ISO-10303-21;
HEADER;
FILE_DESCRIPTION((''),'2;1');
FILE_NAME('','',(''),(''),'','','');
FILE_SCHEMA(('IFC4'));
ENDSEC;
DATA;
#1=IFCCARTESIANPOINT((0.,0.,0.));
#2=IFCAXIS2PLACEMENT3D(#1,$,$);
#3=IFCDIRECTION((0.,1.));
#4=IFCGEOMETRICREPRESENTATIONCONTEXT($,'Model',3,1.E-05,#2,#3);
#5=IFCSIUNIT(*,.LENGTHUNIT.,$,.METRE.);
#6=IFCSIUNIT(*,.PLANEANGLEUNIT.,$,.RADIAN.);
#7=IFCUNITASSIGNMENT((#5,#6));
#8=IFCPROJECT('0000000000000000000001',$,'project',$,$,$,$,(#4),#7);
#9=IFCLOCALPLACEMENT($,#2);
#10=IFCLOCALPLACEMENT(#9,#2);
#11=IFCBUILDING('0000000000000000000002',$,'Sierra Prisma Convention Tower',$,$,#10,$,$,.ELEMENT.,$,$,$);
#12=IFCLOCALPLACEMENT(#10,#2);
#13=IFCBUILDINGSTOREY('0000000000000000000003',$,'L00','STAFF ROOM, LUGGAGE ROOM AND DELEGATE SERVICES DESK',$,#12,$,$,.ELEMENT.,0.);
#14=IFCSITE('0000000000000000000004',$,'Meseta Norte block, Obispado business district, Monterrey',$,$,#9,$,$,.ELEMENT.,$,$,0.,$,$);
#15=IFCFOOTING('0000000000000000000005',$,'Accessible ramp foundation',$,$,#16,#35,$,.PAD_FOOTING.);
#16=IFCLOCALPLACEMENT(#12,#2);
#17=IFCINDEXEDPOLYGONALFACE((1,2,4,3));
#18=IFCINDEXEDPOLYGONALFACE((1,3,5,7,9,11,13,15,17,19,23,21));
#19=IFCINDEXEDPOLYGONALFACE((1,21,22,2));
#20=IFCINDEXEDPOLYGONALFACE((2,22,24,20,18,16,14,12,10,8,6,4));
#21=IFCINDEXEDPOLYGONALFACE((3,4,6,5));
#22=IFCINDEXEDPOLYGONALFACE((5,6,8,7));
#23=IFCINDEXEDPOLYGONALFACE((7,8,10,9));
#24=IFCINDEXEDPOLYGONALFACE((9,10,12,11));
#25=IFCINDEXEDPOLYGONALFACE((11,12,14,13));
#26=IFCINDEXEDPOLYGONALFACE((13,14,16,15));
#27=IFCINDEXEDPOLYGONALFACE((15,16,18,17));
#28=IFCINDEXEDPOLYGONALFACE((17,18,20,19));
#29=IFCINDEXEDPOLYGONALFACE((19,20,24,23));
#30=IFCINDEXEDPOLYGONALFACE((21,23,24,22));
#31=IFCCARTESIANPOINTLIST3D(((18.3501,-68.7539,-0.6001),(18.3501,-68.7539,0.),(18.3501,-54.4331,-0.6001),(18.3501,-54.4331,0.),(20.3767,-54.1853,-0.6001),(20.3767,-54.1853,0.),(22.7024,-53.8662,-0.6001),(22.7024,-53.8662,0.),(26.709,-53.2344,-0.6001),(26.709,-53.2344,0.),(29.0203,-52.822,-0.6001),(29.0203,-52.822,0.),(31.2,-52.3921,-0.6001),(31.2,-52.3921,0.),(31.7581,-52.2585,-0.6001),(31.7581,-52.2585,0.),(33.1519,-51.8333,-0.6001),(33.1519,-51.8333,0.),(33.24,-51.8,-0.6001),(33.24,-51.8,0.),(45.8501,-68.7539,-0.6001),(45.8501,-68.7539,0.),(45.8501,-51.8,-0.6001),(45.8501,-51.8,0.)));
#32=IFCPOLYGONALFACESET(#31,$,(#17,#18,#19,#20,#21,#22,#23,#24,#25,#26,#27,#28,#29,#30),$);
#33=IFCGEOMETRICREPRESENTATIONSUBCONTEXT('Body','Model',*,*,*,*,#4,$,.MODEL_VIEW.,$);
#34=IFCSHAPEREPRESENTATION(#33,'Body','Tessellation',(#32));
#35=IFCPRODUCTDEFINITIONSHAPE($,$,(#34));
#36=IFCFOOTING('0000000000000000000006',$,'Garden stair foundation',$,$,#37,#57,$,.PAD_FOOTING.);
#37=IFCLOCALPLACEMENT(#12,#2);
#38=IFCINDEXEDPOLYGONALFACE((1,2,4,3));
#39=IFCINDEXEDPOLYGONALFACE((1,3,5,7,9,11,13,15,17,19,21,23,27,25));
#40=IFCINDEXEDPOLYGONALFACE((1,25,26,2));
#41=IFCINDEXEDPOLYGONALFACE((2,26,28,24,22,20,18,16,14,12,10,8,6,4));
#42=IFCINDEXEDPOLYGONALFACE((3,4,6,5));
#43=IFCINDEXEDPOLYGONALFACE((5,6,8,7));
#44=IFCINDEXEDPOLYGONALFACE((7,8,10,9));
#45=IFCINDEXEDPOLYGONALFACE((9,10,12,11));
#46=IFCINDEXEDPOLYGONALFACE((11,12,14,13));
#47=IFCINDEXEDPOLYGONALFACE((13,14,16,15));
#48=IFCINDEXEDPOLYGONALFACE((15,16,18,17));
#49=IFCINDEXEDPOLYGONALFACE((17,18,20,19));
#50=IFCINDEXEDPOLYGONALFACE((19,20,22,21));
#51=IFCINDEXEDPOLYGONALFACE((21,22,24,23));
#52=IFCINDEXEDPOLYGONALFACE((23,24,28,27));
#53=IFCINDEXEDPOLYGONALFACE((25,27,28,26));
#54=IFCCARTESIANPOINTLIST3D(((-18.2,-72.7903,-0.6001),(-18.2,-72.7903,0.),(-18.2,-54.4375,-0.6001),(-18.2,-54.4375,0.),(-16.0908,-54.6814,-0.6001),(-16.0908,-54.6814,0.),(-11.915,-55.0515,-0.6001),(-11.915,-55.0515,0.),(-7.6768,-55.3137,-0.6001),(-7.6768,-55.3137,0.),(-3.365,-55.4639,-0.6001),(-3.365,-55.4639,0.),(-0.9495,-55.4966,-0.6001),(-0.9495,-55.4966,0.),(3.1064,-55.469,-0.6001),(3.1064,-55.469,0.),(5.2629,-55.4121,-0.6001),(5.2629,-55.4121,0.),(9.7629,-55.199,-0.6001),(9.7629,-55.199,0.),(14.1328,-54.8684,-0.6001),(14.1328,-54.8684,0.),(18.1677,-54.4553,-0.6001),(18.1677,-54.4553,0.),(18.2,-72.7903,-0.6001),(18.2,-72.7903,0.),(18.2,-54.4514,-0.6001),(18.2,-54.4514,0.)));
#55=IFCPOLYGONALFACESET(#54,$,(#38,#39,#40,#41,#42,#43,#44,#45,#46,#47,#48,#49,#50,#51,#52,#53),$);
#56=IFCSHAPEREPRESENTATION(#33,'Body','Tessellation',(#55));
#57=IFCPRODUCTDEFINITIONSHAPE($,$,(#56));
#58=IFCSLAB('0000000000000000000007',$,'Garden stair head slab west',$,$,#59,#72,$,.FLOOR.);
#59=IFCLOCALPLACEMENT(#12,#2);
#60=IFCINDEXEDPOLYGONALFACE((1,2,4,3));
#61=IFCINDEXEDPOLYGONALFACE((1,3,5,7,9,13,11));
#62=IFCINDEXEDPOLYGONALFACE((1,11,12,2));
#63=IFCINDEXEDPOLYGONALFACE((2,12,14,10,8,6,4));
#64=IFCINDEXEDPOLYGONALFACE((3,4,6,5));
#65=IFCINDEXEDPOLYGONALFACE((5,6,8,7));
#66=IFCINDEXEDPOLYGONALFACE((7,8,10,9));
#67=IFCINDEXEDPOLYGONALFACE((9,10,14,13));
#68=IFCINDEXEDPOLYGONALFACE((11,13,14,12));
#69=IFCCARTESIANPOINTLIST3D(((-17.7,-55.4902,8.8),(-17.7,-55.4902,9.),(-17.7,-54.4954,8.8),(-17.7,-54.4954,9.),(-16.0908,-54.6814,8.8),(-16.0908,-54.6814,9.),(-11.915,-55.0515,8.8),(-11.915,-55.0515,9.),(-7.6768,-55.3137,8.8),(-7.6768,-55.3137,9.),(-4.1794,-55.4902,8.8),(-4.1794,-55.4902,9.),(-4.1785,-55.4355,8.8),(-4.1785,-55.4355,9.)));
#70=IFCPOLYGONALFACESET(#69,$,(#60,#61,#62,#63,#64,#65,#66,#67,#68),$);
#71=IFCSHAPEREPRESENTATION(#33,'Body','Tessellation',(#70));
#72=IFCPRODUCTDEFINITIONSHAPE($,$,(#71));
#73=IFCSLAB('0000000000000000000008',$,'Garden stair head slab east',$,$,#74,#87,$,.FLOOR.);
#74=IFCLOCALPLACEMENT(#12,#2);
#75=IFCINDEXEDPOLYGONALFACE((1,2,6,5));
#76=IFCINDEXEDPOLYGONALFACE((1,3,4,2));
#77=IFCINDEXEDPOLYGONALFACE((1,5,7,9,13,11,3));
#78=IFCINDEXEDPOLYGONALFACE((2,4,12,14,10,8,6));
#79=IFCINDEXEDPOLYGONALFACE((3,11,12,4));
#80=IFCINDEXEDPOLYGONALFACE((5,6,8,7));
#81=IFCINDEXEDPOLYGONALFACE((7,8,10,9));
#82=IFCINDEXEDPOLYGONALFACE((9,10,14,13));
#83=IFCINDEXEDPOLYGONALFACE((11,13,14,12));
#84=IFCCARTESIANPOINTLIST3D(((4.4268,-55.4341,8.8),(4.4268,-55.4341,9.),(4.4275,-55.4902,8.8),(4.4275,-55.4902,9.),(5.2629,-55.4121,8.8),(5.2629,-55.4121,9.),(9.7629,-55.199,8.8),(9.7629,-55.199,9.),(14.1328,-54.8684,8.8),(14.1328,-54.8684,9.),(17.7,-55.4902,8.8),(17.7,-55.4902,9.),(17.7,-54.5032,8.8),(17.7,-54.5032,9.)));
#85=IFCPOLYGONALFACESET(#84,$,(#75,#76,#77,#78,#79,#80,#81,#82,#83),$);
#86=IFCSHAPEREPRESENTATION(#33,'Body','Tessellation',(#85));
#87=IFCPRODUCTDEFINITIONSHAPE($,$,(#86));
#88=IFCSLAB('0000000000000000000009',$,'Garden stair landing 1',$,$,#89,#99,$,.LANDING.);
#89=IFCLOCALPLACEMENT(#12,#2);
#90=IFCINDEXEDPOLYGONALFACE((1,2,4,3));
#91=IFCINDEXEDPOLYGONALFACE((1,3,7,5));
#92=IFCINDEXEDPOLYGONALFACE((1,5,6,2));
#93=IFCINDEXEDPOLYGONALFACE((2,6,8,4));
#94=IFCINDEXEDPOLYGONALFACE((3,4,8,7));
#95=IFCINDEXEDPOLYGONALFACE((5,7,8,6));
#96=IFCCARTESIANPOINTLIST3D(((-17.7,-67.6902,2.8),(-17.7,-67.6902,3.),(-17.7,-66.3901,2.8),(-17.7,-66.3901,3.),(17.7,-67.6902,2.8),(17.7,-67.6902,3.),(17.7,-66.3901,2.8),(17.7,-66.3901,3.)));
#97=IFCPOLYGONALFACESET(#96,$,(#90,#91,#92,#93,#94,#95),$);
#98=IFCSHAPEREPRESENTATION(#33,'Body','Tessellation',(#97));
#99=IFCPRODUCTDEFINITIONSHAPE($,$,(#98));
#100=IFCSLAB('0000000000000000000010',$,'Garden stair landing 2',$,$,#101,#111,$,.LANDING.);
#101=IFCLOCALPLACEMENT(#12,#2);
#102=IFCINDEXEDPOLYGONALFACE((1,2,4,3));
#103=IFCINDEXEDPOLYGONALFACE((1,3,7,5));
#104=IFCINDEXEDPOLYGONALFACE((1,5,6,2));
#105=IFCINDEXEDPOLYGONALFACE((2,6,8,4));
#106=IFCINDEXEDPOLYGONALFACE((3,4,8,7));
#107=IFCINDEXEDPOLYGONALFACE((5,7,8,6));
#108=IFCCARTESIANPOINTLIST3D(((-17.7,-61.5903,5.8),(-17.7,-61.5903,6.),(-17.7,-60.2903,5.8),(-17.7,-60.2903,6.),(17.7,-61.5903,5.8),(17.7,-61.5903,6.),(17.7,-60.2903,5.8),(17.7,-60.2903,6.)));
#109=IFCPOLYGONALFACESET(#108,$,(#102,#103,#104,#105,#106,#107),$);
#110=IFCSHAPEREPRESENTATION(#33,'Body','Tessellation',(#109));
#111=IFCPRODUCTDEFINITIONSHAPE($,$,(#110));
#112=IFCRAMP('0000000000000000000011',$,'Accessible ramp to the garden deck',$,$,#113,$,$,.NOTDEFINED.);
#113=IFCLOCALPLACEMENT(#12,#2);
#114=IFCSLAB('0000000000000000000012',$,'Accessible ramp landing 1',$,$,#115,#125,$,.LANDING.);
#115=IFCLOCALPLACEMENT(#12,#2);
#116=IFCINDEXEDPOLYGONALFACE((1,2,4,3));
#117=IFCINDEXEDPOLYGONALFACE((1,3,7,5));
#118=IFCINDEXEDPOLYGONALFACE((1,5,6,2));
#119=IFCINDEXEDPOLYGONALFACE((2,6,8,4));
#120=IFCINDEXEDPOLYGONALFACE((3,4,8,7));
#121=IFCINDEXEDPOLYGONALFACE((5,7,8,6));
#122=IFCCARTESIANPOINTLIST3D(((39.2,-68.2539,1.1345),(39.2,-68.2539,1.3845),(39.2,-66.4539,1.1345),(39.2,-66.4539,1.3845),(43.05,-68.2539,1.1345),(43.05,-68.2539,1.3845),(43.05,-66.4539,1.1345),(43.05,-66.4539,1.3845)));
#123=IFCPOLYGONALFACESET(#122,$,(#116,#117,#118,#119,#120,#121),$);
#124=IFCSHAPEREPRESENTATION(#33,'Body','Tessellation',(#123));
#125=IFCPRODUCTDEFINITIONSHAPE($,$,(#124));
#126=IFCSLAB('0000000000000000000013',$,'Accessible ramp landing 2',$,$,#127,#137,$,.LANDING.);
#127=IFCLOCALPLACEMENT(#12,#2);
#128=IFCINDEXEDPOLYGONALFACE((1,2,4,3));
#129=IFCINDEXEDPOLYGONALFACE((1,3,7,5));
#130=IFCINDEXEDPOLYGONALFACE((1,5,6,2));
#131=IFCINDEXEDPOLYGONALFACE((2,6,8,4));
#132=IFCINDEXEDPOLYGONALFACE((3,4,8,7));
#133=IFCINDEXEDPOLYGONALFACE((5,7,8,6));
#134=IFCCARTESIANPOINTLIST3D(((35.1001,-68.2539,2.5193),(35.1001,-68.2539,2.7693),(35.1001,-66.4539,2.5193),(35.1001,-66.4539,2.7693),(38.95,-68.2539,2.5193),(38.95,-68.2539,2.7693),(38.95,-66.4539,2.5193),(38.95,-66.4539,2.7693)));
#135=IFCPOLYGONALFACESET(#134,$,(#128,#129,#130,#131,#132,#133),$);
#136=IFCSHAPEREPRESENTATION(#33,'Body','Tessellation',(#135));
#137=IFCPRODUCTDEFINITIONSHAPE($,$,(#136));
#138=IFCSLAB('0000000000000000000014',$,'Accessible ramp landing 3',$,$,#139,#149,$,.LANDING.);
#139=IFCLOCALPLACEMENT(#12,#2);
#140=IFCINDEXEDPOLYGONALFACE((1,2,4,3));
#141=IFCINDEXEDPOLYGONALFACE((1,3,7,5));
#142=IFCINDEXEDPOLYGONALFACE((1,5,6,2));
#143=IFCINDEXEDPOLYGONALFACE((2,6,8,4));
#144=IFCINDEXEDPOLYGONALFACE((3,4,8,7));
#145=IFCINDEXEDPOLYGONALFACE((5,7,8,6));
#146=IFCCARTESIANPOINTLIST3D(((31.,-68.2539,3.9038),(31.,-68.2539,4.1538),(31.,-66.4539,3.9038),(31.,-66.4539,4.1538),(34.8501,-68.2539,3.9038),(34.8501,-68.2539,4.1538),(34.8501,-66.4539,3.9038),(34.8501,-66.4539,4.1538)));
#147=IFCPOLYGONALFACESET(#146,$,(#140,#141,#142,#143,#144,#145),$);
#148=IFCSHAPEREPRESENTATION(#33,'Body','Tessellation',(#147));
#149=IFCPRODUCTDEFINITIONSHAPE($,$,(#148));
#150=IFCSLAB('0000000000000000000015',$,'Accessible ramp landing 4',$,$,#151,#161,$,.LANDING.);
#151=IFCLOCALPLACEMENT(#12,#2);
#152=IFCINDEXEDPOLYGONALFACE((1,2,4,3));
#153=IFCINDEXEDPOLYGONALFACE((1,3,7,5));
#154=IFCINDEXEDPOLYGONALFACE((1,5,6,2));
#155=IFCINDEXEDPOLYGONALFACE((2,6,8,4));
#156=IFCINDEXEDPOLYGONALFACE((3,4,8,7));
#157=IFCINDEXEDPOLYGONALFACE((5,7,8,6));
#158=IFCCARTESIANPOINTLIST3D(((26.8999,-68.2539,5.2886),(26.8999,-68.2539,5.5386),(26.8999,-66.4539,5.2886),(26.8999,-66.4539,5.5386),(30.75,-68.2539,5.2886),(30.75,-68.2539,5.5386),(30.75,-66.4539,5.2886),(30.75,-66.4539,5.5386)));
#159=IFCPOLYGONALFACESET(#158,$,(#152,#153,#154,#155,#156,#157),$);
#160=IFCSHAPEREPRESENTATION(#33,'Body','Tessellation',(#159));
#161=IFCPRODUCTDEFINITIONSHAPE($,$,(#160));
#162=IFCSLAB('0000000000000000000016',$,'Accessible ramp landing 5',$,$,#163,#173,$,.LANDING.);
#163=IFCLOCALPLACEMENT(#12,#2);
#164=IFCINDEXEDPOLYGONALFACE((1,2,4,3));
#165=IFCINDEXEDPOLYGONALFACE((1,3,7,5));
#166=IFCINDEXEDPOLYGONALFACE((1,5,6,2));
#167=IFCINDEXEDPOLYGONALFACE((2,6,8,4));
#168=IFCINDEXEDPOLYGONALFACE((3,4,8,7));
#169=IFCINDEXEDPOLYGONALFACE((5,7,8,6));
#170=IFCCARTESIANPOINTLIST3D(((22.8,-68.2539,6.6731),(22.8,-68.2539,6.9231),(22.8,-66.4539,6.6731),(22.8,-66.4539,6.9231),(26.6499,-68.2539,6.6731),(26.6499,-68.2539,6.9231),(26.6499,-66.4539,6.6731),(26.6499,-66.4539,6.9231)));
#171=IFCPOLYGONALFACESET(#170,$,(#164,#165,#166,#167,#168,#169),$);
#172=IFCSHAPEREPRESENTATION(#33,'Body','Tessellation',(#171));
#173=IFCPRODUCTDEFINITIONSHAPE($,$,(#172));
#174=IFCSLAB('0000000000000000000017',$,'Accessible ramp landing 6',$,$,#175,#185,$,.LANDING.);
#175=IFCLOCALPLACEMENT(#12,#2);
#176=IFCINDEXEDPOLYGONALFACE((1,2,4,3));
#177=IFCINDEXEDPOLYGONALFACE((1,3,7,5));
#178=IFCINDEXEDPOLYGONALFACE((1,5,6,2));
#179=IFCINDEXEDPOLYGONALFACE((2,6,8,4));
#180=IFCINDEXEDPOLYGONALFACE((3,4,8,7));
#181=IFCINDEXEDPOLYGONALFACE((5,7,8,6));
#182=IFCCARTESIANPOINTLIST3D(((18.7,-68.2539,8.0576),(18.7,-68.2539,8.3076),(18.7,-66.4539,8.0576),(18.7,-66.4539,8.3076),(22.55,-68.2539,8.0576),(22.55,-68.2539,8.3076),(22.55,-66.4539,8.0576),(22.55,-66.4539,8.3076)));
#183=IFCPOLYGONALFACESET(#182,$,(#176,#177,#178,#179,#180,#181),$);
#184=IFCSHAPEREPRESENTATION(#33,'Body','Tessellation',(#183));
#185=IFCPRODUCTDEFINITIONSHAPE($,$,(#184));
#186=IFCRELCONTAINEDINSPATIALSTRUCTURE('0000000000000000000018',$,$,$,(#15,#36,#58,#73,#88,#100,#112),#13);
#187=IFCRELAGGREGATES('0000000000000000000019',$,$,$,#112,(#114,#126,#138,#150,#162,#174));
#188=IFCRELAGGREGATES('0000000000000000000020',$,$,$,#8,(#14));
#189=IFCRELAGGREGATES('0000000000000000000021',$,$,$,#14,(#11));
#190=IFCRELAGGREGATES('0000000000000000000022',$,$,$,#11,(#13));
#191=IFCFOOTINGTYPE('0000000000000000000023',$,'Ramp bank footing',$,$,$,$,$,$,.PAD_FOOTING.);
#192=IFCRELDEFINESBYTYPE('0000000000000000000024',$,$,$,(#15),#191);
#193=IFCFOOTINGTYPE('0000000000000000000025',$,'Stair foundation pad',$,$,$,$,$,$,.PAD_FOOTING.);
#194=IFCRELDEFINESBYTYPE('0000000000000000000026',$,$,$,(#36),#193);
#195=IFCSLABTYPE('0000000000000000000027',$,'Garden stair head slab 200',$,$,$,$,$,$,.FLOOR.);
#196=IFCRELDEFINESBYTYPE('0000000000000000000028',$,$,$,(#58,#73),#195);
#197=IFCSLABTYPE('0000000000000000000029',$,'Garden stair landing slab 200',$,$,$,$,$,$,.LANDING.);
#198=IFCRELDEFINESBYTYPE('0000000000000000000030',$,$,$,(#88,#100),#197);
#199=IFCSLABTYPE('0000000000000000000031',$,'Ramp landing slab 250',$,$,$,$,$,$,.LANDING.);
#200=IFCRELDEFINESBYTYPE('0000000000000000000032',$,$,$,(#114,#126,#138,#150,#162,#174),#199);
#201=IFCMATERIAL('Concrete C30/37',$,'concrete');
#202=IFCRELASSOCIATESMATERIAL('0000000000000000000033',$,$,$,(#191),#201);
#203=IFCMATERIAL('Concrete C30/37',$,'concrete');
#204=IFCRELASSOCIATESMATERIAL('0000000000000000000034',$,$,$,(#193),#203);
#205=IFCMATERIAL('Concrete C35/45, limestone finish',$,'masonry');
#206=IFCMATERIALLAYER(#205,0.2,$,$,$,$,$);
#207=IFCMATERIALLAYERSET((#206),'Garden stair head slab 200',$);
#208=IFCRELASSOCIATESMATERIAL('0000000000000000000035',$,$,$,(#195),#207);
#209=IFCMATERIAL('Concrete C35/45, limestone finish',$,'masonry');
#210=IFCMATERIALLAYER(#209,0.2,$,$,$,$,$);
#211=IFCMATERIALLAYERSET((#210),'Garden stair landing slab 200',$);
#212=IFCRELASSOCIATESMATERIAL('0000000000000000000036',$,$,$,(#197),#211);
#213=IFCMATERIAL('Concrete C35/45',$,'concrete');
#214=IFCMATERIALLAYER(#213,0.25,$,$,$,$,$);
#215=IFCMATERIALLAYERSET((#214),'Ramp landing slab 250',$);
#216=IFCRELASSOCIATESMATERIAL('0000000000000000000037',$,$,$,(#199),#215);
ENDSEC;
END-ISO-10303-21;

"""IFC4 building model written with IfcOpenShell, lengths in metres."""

from ifc_helpers import new_model, si_unit, direction, frame, origin, place, context, subcontext, project, spatial, polyline, outline, extrude, material, layer, layer_set, type_object, element, aggregate, save


model = new_model("IFC4")

# Units and contexts
model_context = context("Model", 3, precision=1e-05, world=origin(), true_north=direction((0.0, 1.0)))
body_context = subcontext(model_context, "Body", "Model", "MODEL_VIEW")
ifc_project = project(units=[si_unit("LENGTHUNIT", "METRE"), si_unit("PLANEANGLEUNIT", "RADIAN")], contexts=[model_context])

# Site, building, storey
site_placement = place(None, origin())
site = spatial("IfcSite", under=ifc_project, at=site_placement, Name="Meseta Norte block, Obispado business district, Monterrey", CompositionType="ELEMENT", RefElevation=0.0)
building_placement = place(site_placement, origin())
building = spatial("IfcBuilding", under=site, at=building_placement, Name="Sierra Prisma Convention Tower", CompositionType="ELEMENT")
storey_placement = place(building_placement, origin())
storey = spatial("IfcBuildingStorey", under=building, at=storey_placement, Name="L00", Description="STAFF ROOM, LUGGAGE ROOM AND DELEGATE SERVICES DESK", CompositionType="ELEMENT", Elevation=0.0)

# Footings
ifc_material_1 = material(Name="Concrete C30/37", Category="concrete")
footing_type_1 = type_object("IfcFootingType", Name="Ramp bank footing", PredefinedType="PAD_FOOTING", material=ifc_material_1)
footing_1_placement = place(storey_placement, frame((0.0, 0.0, -0.6001)))
element("IfcFooting", 1, at=footing_1_placement, inside=storey, type_object=footing_type_1, Name="Accessible ramp foundation", PredefinedType="PAD_FOOTING", context=body_context, shape_type="SweptSolid", body=[
    extrude(outline(polyline([(33.24, -51.8), (33.1519, -51.8333), (31.7581, -52.2585), (31.2, -52.3921), (29.0203, -52.822), (26.709, -53.2344), (22.7024, -53.8662), (20.3767, -54.1853), (18.3501, -54.4331), (18.3501, -68.7539), (45.8501, -68.7539), (45.8501, -51.8), (33.24, -51.8)])), origin(), (0.0, 0.0, 1.0), 0.6001),
])
ifc_material_2 = material(Name="Concrete C30/37", Category="concrete")
footing_type_2 = type_object("IfcFootingType", Name="Stair foundation pad", PredefinedType="PAD_FOOTING", material=ifc_material_2)
footing_2_placement = place(storey_placement, frame((0.0, 0.0, -0.6001)))
element("IfcFooting", 2, at=footing_2_placement, inside=storey, type_object=footing_type_2, Name="Garden stair foundation", PredefinedType="PAD_FOOTING", context=body_context, shape_type="SweptSolid", body=[
    extrude(outline(polyline([(18.2, -54.4514), (18.1677, -54.4553), (14.1328, -54.8684), (9.7629, -55.199), (5.2629, -55.4121), (3.1064, -55.469), (-0.9495, -55.4966), (-3.365, -55.4639), (-7.6768, -55.3137), (-11.915, -55.0515), (-16.0908, -54.6814), (-18.2, -54.4375), (-18.2, -72.7903), (18.2, -72.7903), (18.2, -54.4514)])), origin(), (0.0, 0.0, 1.0), 0.6001),
])

# Slabs
ifc_material_3 = material(Name="Concrete C35/45, limestone finish", Category="masonry")
ifc_layer_1 = layer(ifc_material_3, 0.2)
ifc_layer_set_1 = layer_set([ifc_layer_1], Name="Garden stair head slab 200")
slab_type_1 = type_object("IfcSlabType", Name="Garden stair head slab 200", PredefinedType="FLOOR", material=ifc_layer_set_1)
slab_1_placement = place(storey_placement, frame((0.0, 0.0, 8.8)))
element("IfcSlab", 3, at=slab_1_placement, inside=storey, type_object=slab_type_1, Name="Garden stair head slab west", PredefinedType="FLOOR", context=body_context, shape_type="SweptSolid", body=[
    extrude(outline(polyline([(-4.1794, -55.4902), (-4.1785, -55.4355), (-7.6768, -55.3137), (-11.915, -55.0515), (-16.0908, -54.6814), (-17.7, -54.4954), (-17.7, -55.4902), (-4.1794, -55.4902)])), origin(), (0.0, 0.0, 1.0), 0.2),
])
slab_2_placement = place(storey_placement, frame((0.0, 0.0, 8.8)))
element("IfcSlab", 4, at=slab_2_placement, inside=storey, type_object=slab_type_1, Name="Garden stair head slab east", PredefinedType="FLOOR", context=body_context, shape_type="SweptSolid", body=[
    extrude(outline(polyline([(17.7, -55.4902), (17.7, -54.5032), (14.1328, -54.8684), (9.7629, -55.199), (5.2629, -55.4121), (4.4268, -55.4341), (4.4275, -55.4902), (17.7, -55.4902)])), origin(), (0.0, 0.0, 1.0), 0.2),
])
ifc_material_4 = material(Name="Concrete C35/45, limestone finish", Category="masonry")
ifc_layer_2 = layer(ifc_material_4, 0.2)
ifc_layer_set_2 = layer_set([ifc_layer_2], Name="Garden stair landing slab 200")
slab_type_2 = type_object("IfcSlabType", Name="Garden stair landing slab 200", PredefinedType="LANDING", material=ifc_layer_set_2)
slab_3_placement = place(storey_placement, frame((0.0, 0.0, 2.8)))
element("IfcSlab", 5, at=slab_3_placement, inside=storey, type_object=slab_type_2, Name="Garden stair landing 1", PredefinedType="LANDING", context=body_context, shape_type="SweptSolid", body=[
    extrude(outline(polyline([(17.7, -67.6902), (17.7, -66.3901), (-17.7, -66.3901), (-17.7, -67.6902), (17.7, -67.6902)])), origin(), (0.0, 0.0, 1.0), 0.2),
])
slab_4_placement = place(storey_placement, frame((0.0, 0.0, 5.8)))
element("IfcSlab", 6, at=slab_4_placement, inside=storey, type_object=slab_type_2, Name="Garden stair landing 2", PredefinedType="LANDING", context=body_context, shape_type="SweptSolid", body=[
    extrude(outline(polyline([(17.7, -61.5903), (17.7, -60.2903), (-17.7, -60.2903), (-17.7, -61.5903), (17.7, -61.5903)])), origin(), (0.0, 0.0, 1.0), 0.2),
])

# Ramp, slabs
ramp_placement = place(storey_placement, origin())
ramp = element("IfcRamp", 7, at=ramp_placement, inside=storey, Name="Accessible ramp to the garden deck", PredefinedType="NOTDEFINED")
ifc_material_5 = material(Name="Concrete C35/45", Category="concrete")
ifc_layer_3 = layer(ifc_material_5, 0.25)
ifc_layer_set_3 = layer_set([ifc_layer_3], Name="Ramp landing slab 250")
slab_type_3 = type_object("IfcSlabType", Name="Ramp landing slab 250", PredefinedType="LANDING", material=ifc_layer_set_3)
slab_5_placement = place(storey_placement, frame((0.0, 0.0, 1.1345)))
slab_5 = element("IfcSlab", 8, at=slab_5_placement, type_object=slab_type_3, Name="Accessible ramp landing 1", PredefinedType="LANDING", context=body_context, shape_type="SweptSolid", body=[
    extrude(outline(polyline([(39.2, -68.2539), (43.05, -68.2539), (43.05, -66.4539), (39.2, -66.4539), (39.2, -68.2539)])), origin(), (0.0, 0.0, 1.0), 0.25),
])
slab_6_placement = place(storey_placement, frame((0.0, 0.0, 2.5193)))
slab_6 = element("IfcSlab", 9, at=slab_6_placement, type_object=slab_type_3, Name="Accessible ramp landing 2", PredefinedType="LANDING", context=body_context, shape_type="SweptSolid", body=[
    extrude(outline(polyline([(35.1001, -68.2539), (38.95, -68.2539), (38.95, -66.4539), (35.1001, -66.4539), (35.1001, -68.2539)])), origin(), (0.0, 0.0, 1.0), 0.25),
])
slab_7_placement = place(storey_placement, frame((0.0, 0.0, 3.9038)))
slab_7 = element("IfcSlab", 10, at=slab_7_placement, type_object=slab_type_3, Name="Accessible ramp landing 3", PredefinedType="LANDING", context=body_context, shape_type="SweptSolid", body=[
    extrude(outline(polyline([(31.0, -68.2539), (34.8501, -68.2539), (34.8501, -66.4539), (31.0, -66.4539), (31.0, -68.2539)])), origin(), (0.0, 0.0, 1.0), 0.25),
])
slab_8_placement = place(storey_placement, frame((0.0, 0.0, 5.2886)))
slab_8 = element("IfcSlab", 11, at=slab_8_placement, type_object=slab_type_3, Name="Accessible ramp landing 4", PredefinedType="LANDING", context=body_context, shape_type="SweptSolid", body=[
    extrude(outline(polyline([(26.8999, -68.2539), (30.75, -68.2539), (30.75, -66.4539), (26.8999, -66.4539), (26.8999, -68.2539)])), origin(), (0.0, 0.0, 1.0), 0.25),
])
slab_9_placement = place(storey_placement, frame((0.0, 0.0, 6.6731)))
slab_9 = element("IfcSlab", 12, at=slab_9_placement, type_object=slab_type_3, Name="Accessible ramp landing 5", PredefinedType="LANDING", context=body_context, shape_type="SweptSolid", body=[
    extrude(outline(polyline([(22.8, -68.2539), (26.6499, -68.2539), (26.6499, -66.4539), (22.8, -66.4539), (22.8, -68.2539)])), origin(), (0.0, 0.0, 1.0), 0.25),
])
slab_10_placement = place(storey_placement, frame((0.0, 0.0, 8.0576)))
slab_10 = element("IfcSlab", 13, at=slab_10_placement, type_object=slab_type_3, Name="Accessible ramp landing 6", PredefinedType="LANDING", context=body_context, shape_type="SweptSolid", body=[
    extrude(outline(polyline([(18.7, -68.2539), (22.55, -68.2539), (22.55, -66.4539), (18.7, -66.4539), (18.7, -68.2539)])), origin(), (0.0, 0.0, 1.0), 0.25),
])
aggregate(ramp, [slab_5, slab_6, slab_7, slab_8, slab_9, slab_10])

save(model, "model.ifc")
